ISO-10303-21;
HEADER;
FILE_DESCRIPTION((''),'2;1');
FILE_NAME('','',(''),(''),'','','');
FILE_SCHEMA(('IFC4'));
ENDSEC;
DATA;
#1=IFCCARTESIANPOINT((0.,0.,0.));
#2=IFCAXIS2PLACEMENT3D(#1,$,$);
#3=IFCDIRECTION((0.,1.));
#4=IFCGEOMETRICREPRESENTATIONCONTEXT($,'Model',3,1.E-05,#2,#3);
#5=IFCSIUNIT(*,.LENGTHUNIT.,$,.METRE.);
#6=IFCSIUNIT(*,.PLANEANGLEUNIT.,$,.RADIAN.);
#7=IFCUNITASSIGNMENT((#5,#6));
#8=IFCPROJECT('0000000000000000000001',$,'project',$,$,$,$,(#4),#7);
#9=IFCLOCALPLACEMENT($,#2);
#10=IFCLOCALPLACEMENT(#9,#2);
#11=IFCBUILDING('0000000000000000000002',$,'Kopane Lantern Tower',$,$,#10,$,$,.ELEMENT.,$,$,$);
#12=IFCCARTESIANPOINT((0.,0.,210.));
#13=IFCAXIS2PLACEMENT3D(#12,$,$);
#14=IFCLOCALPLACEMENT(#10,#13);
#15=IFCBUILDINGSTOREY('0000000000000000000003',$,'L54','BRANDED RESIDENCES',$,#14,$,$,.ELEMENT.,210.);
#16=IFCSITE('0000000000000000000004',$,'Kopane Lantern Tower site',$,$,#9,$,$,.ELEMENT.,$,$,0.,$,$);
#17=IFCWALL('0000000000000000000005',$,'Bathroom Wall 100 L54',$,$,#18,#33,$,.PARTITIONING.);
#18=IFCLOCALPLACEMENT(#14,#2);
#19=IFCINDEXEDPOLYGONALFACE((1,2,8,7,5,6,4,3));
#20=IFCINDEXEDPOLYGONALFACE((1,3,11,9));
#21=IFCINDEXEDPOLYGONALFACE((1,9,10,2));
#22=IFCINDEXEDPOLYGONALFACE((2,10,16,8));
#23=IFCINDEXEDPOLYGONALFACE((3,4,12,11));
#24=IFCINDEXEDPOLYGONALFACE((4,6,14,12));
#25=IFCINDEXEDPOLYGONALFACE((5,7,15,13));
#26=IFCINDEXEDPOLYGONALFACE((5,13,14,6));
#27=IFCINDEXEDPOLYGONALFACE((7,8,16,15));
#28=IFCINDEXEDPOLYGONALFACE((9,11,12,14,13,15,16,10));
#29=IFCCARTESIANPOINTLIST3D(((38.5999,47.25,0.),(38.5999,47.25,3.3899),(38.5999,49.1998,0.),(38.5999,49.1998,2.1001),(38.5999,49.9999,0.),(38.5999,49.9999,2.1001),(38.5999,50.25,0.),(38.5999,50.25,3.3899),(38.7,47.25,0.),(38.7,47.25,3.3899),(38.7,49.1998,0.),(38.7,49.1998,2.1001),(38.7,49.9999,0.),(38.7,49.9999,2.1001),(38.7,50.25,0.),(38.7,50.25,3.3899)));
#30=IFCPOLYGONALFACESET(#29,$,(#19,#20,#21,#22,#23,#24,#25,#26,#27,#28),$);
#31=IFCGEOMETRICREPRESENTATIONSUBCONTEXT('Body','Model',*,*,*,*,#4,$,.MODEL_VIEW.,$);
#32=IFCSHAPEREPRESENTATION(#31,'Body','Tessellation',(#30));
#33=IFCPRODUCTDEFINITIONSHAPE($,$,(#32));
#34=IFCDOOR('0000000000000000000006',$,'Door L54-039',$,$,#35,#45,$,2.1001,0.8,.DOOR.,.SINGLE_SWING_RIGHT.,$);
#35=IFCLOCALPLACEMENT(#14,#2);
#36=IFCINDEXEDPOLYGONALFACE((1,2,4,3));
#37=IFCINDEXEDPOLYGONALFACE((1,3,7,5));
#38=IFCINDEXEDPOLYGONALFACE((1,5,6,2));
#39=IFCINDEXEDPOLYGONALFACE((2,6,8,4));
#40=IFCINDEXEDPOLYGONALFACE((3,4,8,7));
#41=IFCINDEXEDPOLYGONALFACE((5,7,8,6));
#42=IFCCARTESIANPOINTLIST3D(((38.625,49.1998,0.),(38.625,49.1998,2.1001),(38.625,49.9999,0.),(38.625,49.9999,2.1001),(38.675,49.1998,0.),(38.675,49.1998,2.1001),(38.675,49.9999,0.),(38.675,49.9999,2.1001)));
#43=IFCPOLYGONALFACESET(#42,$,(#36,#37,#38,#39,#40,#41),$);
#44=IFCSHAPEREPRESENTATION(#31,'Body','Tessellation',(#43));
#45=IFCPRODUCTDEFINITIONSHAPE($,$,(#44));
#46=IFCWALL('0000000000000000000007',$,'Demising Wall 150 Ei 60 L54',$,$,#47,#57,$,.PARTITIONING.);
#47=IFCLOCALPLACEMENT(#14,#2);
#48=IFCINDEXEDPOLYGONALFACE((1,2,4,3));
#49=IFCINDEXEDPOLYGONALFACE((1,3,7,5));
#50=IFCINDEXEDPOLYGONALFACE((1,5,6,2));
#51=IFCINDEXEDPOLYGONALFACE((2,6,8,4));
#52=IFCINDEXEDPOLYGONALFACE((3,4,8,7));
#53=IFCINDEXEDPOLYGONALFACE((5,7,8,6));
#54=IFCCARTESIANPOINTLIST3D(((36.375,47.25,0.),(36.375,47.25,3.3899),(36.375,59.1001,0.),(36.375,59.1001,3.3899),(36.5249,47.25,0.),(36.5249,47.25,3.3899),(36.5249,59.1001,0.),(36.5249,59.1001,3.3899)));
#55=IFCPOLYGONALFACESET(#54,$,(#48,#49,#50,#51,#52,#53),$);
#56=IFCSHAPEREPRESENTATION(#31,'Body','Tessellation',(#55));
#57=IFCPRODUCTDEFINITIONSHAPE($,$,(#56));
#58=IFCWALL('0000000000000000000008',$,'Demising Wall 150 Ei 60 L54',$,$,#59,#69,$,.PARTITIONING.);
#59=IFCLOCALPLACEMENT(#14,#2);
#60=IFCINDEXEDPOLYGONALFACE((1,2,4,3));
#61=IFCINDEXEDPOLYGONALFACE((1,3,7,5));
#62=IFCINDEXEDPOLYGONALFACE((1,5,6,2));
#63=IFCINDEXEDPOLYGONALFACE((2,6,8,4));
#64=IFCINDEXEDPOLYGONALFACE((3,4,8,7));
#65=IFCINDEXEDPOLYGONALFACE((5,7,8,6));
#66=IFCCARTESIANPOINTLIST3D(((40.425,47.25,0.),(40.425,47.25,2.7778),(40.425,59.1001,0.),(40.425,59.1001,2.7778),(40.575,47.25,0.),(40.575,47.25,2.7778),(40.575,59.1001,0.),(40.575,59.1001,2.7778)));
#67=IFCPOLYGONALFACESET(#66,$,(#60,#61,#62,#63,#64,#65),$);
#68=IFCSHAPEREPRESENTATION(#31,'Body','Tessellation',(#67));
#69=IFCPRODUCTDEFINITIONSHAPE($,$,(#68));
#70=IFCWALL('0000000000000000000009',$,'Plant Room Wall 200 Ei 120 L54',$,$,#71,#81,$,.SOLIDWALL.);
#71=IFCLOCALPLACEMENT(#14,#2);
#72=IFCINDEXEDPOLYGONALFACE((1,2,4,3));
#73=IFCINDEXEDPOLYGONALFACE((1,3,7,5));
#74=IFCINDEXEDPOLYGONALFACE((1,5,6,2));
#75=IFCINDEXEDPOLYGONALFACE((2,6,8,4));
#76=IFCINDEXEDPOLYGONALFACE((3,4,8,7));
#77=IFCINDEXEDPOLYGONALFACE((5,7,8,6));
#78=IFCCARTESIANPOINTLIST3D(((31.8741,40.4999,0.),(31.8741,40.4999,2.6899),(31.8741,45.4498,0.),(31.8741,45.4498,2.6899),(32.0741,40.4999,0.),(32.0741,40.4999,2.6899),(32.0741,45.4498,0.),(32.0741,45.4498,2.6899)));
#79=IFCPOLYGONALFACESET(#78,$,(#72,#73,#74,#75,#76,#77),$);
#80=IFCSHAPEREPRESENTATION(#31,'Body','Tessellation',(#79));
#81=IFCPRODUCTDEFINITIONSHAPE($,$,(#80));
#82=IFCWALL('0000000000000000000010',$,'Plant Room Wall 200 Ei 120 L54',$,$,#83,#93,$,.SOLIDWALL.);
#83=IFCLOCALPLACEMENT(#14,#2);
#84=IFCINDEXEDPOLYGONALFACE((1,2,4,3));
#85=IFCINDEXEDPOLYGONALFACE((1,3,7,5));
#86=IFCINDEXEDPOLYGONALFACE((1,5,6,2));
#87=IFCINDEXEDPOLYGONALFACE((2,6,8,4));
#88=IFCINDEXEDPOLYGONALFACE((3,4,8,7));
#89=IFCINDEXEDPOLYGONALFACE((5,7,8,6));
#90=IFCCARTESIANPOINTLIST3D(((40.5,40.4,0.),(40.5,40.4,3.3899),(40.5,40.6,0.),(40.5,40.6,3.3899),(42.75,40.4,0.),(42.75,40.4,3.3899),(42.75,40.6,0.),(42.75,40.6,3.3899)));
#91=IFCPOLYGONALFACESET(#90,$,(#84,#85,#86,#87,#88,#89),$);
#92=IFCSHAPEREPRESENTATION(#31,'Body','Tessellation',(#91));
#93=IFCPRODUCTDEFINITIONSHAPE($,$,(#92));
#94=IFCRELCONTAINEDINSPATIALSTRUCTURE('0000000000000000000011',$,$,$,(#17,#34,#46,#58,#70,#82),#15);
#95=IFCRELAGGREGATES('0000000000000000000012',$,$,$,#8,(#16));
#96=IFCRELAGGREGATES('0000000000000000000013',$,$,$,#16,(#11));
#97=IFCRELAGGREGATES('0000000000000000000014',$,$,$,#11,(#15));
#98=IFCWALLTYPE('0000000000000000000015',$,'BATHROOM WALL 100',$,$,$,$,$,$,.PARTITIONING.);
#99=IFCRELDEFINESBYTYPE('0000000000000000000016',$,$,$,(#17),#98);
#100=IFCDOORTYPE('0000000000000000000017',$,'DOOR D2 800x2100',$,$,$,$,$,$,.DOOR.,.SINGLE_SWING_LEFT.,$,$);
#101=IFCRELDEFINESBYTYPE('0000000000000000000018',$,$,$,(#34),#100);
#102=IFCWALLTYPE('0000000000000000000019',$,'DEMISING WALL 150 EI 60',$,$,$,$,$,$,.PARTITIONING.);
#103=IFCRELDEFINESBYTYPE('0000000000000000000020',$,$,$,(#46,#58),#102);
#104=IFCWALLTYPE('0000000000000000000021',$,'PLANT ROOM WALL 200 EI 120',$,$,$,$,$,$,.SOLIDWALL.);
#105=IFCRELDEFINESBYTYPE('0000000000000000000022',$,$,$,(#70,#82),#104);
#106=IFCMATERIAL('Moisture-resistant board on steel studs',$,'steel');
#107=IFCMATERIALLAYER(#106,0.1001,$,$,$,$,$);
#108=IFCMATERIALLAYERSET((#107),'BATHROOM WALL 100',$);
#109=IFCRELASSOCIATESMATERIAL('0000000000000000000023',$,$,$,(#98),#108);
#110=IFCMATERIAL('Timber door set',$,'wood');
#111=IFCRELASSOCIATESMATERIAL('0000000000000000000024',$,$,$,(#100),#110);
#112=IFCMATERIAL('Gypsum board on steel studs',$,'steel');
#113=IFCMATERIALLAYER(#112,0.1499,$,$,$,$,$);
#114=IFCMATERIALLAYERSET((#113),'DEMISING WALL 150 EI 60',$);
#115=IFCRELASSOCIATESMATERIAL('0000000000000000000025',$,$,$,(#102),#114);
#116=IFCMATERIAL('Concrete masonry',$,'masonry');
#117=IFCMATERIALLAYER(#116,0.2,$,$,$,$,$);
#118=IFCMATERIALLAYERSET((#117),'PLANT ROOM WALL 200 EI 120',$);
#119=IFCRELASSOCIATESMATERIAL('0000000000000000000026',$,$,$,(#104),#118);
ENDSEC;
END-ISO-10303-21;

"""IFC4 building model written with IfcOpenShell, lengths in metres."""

from ifc_helpers import new_model, si_unit, direction, frame, frame_2d, origin, place, context, subcontext, project, spatial, rectangle, extrude, material, layer, layer_set, type_object, element, fill, save


model = new_model("IFC4")

# Units and contexts
model_context = context("Model", 3, precision=1e-05, world=origin(), true_north=direction((0.0, 1.0)))
body_context = subcontext(model_context, "Body", "Model", "MODEL_VIEW")
ifc_project = project(units=[si_unit("LENGTHUNIT", "METRE"), si_unit("PLANEANGLEUNIT", "RADIAN")], contexts=[model_context])

# Site, building, storey
site_placement = place(None, origin())
site = spatial("IfcSite", under=ifc_project, at=site_placement, Name="Kopane Lantern Tower site", CompositionType="ELEMENT", RefElevation=0.0)
building_placement = place(site_placement, origin())
building = spatial("IfcBuilding", under=site, at=building_placement, Name="Kopane Lantern Tower", CompositionType="ELEMENT")
storey_placement = place(building_placement, frame((0.0, 0.0, 210.0)))
storey = spatial("IfcBuildingStorey", under=building, at=storey_placement, Name="L54", Description="BRANDED RESIDENCES", CompositionType="ELEMENT", Elevation=210.0)

# Shared definitions
ifc_material_1 = material(Name="Moisture-resistant board on steel studs", Category="steel")
ifc_layer_1 = layer(ifc_material_1, 0.1001)
ifc_layer_set_1 = layer_set([ifc_layer_1], Name="BATHROOM WALL 100")
wall_type_1 = type_object("IfcWallType", Name="BATHROOM WALL 100", PredefinedType="PARTITIONING", material=ifc_layer_set_1)
ifc_material_2 = material(Name="Timber door set", Category="wood")
door_type = type_object("IfcDoorType", Name="DOOR D2 800x2100", OperationType="SINGLE_SWING_LEFT", PredefinedType="DOOR", material=ifc_material_2)

# Wall, opening, door
wall_1_placement = place(storey_placement, frame((38.6499, 47.25, 0.0), z_axis=(0.0, 0.0, 1.0), x_axis=(0.0, 1.0, 0.0)))
wall_1 = element("IfcWall", 1, at=wall_1_placement, inside=storey, type_object=wall_type_1, Name="Bathroom Wall 100 L54", PredefinedType="PARTITIONING", context=body_context, shape_type="SweptSolid", body=[
    extrude(rectangle(XDim=3.0, YDim=0.1001, at=frame_2d((1.5, 0.0))), origin(), (0.0, 0.0, 1.0), 3.3899),
])
opening_1_placement = place(wall_1_placement, frame((1.95, 0.0, 0.0)))
opening_1 = element("IfcOpeningElement", 2, at=opening_1_placement, cuts=wall_1, PredefinedType="OPENING", context=body_context, shape_type="SweptSolid", body=[
    extrude(rectangle(XDim=0.8, YDim=2.1001, at=frame_2d((0.3999, 1.05))), frame((0.0, 0.0601, 0.0), z_axis=(0.0, -1.0, 0.0), x_axis=(1.0, 0.0, 0.0)), (0.0, 0.0, 1.0), 0.1201),
])
door_1_placement = place(opening_1_placement, origin())
door_1 = element("IfcDoor", 3, at=door_1_placement, inside=storey, type_object=door_type, Name="Door L54-039", OperationType="SINGLE_SWING_RIGHT", OverallHeight=2.1001, OverallWidth=0.8, PredefinedType="DOOR", context=body_context, shape_type="SweptSolid", body=[
    extrude(rectangle(XDim=0.8, YDim=2.1001, at=frame_2d((0.3999, 1.05))), frame((0.0, 0.0249, 0.0), z_axis=(0.0, -1.0, 0.0), x_axis=(1.0, 0.0, 0.0)), (0.0, 0.0, 1.0), 0.05),
])
fill(opening_1, door_1)

# Walls
ifc_material_3 = material(Name="Gypsum board on steel studs", Category="steel")
ifc_layer_2 = layer(ifc_material_3, 0.1499)
ifc_layer_set_2 = layer_set([ifc_layer_2], Name="DEMISING WALL 150 EI 60")
wall_type_2 = type_object("IfcWallType", Name="DEMISING WALL 150 EI 60", PredefinedType="PARTITIONING", material=ifc_layer_set_2)
wall_2_placement = place(storey_placement, frame((36.45, 47.25, 0.0), z_axis=(0.0, 0.0, 1.0), x_axis=(0.0, 1.0, 0.0)))
element("IfcWall", 4, at=wall_2_placement, inside=storey, type_object=wall_type_2, Name="Demising Wall 150 Ei 60 L54", PredefinedType="PARTITIONING", context=body_context, shape_type="SweptSolid", body=[
    extrude(rectangle(XDim=11.8501, YDim=0.1499, at=frame_2d((5.925, 0.0))), origin(), (0.0, 0.0, 1.0), 3.3899),
])
wall_3_placement = place(storey_placement, frame((40.5, 47.25, 0.0), z_axis=(0.0, 0.0, 1.0), x_axis=(0.0, 1.0, 0.0)))
element("IfcWall", 5, at=wall_3_placement, inside=storey, type_object=wall_type_2, Name="Demising Wall 150 Ei 60 L54", PredefinedType="PARTITIONING", context=body_context, shape_type="SweptSolid", body=[
    extrude(rectangle(XDim=11.8501, YDim=0.1499, at=frame_2d((5.925, 0.0))), origin(), (0.0, 0.0, 1.0), 2.7778),
])
ifc_material_4 = material(Name="Concrete masonry", Category="masonry")
ifc_layer_3 = layer(ifc_material_4, 0.2)
ifc_layer_set_3 = layer_set([ifc_layer_3], Name="PLANT ROOM WALL 200 EI 120")
wall_type_3 = type_object("IfcWallType", Name="PLANT ROOM WALL 200 EI 120", PredefinedType="SOLIDWALL", material=ifc_layer_set_3)
wall_4_placement = place(storey_placement, frame((31.9741, 45.45, 0.0), z_axis=(0.0, 0.0, 1.0), x_axis=(0.0, -1.0, 0.0)))
element("IfcWall", 6, at=wall_4_placement, inside=storey, type_object=wall_type_3, Name="Plant Room Wall 200 Ei 120 L54", PredefinedType="SOLIDWALL", context=body_context, shape_type="SweptSolid", body=[
    extrude(rectangle(XDim=4.95, YDim=0.2, at=frame_2d((2.4751, 0.0))), origin(), (0.0, 0.0, 1.0), 2.6899),
])
wall_5_placement = place(storey_placement, frame((40.5, 40.5, 0.0), z_axis=(0.0, 0.0, 1.0), x_axis=(1.0, 0.0, 0.0)))
element("IfcWall", 7, at=wall_5_placement, inside=storey, type_object=wall_type_3, Name="Plant Room Wall 200 Ei 120 L54", PredefinedType="SOLIDWALL", context=body_context, shape_type="SweptSolid", body=[
    extrude(rectangle(XDim=2.25, YDim=0.2, at=frame_2d((1.125, 0.0))), origin(), (0.0, 0.0, 1.0), 3.3899),
])

save(model, "model.ifc")
